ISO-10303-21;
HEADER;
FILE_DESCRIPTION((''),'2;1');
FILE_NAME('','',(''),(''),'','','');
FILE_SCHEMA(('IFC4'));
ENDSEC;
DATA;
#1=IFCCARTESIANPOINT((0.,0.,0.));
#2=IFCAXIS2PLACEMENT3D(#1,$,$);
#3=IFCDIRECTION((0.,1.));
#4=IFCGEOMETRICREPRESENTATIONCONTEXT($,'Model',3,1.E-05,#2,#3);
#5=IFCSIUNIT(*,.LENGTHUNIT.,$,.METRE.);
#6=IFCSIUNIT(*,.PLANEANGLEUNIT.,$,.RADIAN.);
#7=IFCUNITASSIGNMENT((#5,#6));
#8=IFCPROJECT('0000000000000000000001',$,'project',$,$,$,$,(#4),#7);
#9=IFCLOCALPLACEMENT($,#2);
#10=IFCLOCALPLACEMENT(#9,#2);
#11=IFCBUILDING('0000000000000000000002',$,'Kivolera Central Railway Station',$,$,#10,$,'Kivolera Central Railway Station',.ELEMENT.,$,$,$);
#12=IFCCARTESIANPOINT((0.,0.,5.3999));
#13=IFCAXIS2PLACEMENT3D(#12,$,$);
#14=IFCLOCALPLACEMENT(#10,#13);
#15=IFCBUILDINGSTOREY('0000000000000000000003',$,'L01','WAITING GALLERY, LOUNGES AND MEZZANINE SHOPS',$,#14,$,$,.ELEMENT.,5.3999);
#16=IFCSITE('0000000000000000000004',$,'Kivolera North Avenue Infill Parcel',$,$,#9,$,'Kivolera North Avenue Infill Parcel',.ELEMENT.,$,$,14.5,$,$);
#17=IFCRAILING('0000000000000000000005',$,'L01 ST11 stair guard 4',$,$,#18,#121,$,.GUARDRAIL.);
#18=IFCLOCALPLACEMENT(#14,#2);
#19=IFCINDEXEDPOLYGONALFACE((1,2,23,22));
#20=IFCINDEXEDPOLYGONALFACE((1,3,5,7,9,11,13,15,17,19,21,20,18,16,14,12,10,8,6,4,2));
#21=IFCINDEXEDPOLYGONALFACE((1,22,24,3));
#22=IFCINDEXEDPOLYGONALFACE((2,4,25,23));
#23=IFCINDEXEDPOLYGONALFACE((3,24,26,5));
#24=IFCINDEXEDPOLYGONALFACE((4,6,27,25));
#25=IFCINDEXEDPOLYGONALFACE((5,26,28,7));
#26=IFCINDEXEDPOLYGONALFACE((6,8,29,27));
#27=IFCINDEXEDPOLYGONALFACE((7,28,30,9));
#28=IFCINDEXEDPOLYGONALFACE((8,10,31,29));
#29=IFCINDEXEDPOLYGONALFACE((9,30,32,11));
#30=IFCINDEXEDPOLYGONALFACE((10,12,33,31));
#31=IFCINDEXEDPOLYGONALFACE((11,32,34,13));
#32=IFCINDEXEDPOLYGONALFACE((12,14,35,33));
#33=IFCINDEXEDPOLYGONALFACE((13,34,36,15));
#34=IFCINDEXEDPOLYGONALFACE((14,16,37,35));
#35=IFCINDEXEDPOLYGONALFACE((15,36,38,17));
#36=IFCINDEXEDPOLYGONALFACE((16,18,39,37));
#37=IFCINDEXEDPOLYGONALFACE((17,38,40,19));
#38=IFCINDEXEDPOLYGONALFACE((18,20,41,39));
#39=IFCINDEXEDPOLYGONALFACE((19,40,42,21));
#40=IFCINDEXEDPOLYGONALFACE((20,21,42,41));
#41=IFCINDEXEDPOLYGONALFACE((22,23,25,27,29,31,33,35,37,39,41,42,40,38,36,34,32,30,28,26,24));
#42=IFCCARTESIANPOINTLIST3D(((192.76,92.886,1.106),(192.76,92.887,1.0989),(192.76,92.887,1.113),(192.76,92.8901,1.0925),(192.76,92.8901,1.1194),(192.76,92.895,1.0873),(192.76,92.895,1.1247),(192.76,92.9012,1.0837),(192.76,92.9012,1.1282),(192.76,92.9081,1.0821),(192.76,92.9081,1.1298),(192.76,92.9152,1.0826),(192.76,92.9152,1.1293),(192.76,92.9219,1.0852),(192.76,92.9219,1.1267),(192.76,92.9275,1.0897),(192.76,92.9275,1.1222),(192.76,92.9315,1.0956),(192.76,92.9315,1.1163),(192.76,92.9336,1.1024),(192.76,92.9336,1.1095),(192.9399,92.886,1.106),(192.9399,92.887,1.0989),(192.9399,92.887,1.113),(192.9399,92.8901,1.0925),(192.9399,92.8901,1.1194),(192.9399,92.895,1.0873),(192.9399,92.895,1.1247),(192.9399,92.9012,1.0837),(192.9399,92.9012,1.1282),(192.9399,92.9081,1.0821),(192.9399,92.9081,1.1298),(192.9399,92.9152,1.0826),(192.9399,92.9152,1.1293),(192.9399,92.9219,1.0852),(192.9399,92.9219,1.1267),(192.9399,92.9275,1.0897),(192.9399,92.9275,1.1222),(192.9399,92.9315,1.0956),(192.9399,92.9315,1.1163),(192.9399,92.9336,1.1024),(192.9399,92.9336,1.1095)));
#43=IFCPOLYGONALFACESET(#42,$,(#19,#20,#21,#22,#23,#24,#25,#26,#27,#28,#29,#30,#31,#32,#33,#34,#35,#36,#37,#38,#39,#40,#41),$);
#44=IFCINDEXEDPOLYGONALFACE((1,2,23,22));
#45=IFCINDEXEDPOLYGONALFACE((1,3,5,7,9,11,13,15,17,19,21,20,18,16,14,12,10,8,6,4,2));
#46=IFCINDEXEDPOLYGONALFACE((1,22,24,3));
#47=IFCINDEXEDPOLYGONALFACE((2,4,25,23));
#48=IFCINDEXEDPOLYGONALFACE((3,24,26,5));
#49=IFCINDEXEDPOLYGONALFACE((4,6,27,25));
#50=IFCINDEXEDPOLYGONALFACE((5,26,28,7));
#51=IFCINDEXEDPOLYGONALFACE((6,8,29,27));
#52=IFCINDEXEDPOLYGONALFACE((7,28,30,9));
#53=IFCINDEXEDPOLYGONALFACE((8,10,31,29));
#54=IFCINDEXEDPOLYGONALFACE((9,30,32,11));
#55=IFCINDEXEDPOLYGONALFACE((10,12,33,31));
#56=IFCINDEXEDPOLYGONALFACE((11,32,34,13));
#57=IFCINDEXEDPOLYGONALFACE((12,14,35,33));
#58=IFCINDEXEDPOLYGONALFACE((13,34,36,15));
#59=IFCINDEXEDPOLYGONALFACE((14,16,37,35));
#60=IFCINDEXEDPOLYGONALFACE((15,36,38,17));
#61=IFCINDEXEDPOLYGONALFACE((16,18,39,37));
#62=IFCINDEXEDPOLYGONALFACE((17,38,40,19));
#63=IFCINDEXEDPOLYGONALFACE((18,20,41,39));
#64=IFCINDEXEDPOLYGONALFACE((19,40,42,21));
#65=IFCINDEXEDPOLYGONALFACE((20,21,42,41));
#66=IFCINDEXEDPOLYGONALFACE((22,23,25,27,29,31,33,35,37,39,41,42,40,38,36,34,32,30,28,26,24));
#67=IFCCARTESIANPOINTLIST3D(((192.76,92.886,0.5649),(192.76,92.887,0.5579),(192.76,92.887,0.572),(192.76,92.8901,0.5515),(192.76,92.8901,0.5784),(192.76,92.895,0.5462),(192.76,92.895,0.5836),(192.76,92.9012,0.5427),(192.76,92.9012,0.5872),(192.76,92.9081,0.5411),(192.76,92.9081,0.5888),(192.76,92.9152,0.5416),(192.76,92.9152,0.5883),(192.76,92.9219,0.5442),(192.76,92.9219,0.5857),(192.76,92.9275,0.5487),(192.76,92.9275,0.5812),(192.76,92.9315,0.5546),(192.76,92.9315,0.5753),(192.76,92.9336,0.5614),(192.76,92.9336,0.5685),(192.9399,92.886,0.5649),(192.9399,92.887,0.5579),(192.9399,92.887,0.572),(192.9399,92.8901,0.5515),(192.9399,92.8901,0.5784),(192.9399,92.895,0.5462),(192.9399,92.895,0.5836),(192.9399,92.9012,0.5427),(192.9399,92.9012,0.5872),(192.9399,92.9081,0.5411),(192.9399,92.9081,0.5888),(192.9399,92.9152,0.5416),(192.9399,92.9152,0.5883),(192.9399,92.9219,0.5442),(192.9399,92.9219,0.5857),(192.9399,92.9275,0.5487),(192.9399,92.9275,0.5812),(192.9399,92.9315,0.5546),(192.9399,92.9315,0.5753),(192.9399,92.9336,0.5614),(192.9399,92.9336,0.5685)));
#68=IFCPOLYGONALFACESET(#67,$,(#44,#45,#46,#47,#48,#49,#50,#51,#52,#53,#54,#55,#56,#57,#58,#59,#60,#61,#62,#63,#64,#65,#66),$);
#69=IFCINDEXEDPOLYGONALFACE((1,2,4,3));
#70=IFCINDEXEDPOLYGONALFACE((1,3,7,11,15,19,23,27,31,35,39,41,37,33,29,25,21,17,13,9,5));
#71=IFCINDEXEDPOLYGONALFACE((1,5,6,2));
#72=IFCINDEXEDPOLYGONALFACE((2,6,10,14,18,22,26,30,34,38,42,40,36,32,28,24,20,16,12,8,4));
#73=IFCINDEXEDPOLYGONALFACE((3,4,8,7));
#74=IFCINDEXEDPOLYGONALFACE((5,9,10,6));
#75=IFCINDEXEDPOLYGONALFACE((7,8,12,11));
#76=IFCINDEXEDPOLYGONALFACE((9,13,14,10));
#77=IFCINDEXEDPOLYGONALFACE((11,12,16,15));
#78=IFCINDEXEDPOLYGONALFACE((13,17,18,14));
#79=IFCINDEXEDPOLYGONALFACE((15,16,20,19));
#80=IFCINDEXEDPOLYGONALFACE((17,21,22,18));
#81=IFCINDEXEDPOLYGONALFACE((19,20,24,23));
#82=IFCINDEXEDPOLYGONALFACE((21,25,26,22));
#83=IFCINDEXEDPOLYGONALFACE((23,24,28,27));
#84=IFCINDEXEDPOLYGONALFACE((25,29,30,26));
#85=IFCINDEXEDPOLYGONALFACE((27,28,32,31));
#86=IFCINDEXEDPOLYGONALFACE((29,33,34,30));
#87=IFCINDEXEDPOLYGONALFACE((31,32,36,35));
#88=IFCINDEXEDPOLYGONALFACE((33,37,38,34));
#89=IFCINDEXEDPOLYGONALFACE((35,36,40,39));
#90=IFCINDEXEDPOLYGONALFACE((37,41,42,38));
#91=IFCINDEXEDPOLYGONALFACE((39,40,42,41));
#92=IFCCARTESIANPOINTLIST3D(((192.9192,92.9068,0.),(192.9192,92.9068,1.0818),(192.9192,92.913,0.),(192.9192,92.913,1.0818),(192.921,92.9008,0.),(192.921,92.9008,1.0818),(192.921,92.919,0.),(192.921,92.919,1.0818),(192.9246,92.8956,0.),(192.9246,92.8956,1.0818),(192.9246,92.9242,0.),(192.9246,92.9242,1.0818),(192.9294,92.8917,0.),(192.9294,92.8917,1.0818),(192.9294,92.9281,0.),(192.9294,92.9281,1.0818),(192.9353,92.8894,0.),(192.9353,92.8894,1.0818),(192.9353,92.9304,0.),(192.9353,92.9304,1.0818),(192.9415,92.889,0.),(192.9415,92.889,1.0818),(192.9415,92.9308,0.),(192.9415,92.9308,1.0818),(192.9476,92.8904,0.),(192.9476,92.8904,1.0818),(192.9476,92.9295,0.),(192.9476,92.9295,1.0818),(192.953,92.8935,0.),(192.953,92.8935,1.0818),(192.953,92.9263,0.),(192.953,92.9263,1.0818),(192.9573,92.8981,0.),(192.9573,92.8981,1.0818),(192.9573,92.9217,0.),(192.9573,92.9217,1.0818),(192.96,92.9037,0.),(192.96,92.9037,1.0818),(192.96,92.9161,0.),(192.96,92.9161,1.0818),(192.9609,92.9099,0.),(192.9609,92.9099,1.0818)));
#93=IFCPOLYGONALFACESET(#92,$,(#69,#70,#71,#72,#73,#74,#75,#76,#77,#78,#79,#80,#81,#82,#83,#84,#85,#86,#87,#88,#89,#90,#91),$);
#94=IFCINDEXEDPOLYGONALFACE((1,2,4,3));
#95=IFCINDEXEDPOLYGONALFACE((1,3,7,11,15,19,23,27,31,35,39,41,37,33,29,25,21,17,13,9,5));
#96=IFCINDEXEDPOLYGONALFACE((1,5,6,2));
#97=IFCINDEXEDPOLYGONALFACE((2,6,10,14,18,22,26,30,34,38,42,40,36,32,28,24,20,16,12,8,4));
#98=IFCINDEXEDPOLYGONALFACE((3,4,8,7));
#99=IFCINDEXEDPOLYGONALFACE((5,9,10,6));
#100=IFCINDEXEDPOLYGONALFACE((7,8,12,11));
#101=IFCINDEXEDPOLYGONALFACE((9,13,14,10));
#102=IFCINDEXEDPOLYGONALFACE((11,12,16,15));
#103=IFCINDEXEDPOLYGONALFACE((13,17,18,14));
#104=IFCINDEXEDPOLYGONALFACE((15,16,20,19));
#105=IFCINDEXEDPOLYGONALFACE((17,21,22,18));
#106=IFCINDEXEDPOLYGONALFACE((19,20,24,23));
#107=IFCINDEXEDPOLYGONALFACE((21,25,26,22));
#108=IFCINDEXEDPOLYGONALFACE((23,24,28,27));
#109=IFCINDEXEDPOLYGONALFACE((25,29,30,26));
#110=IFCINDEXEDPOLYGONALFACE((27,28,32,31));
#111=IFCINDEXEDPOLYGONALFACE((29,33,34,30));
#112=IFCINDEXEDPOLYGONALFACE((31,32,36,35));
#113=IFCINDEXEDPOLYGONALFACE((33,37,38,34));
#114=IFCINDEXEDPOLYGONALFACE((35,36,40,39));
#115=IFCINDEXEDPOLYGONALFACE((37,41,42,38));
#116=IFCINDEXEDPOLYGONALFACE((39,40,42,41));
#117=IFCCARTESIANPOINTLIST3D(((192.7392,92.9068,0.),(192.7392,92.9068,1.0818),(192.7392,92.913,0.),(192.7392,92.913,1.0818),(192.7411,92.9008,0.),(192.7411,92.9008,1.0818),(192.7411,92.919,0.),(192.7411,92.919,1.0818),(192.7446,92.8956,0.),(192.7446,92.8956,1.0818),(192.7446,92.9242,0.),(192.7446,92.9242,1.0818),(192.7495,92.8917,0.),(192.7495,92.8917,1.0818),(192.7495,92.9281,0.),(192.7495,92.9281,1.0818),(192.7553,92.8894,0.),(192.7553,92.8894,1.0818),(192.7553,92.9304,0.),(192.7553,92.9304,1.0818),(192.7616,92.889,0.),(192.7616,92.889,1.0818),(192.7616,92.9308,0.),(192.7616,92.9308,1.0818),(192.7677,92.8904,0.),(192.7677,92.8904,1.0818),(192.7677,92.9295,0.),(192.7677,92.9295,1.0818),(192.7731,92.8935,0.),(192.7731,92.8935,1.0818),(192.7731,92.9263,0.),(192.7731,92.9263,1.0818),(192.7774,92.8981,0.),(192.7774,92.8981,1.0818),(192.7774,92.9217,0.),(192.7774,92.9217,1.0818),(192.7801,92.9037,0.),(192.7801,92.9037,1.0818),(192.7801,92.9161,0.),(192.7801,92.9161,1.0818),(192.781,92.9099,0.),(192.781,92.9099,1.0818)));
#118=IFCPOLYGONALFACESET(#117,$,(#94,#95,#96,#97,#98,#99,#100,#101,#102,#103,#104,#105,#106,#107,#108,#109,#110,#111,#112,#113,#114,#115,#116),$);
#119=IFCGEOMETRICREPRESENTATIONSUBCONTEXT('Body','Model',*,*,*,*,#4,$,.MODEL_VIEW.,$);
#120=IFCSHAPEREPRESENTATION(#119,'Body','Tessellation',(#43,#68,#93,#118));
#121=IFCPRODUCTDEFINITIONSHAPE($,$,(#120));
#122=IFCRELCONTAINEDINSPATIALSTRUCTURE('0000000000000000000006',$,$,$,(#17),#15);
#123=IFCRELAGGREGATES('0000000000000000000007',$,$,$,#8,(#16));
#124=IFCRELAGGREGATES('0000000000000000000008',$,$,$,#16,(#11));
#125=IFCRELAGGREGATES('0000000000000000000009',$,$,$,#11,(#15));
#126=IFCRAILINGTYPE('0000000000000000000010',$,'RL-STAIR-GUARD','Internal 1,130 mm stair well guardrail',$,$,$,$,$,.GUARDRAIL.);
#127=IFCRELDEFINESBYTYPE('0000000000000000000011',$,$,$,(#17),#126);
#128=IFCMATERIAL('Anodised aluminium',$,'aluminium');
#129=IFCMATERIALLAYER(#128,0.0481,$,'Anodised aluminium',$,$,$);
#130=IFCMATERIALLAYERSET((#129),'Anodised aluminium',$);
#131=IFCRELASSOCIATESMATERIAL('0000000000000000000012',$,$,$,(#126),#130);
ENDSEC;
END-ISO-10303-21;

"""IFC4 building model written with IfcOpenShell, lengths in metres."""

from ifc_helpers import new_model, si_unit, direction, frame, origin, origin_2d, place, context, subcontext, project, spatial, circle, extrude, material, layer, layer_set, type_object, element, save


model = new_model("IFC4")

# Units and contexts
model_context = context("Model", 3, precision=1e-05, world=origin(), true_north=direction((0.0, 1.0)))
body_context = subcontext(model_context, "Body", "Model", "MODEL_VIEW")
ifc_project = project(units=[si_unit("LENGTHUNIT", "METRE"), si_unit("PLANEANGLEUNIT", "RADIAN")], contexts=[model_context])

# Site, building, storey
site_placement = place(None, origin())
site = spatial("IfcSite", under=ifc_project, at=site_placement, Name="Kivolera North Avenue Infill Parcel", LongName="Kivolera North Avenue Infill Parcel", CompositionType="ELEMENT", RefElevation=14.5)
building_placement = place(site_placement, origin())
building = spatial("IfcBuilding", under=site, at=building_placement, Name="Kivolera Central Railway Station", LongName="Kivolera Central Railway Station", CompositionType="ELEMENT")
storey_placement = place(building_placement, frame((0.0, 0.0, 5.3999)))
storey = spatial("IfcBuildingStorey", under=building, at=storey_placement, Name="L01", Description="WAITING GALLERY, LOUNGES AND MEZZANINE SHOPS", CompositionType="ELEMENT", Elevation=5.3999)

# Shared definitions
ifc_material_1 = material(Name="Anodised aluminium", Category="aluminium")

# Railing
ifc_layer_1 = layer(ifc_material_1, 0.0481, Name="Anodised aluminium")
ifc_layer_set_1 = layer_set([ifc_layer_1], Name="Anodised aluminium")
railing_type_1 = type_object("IfcRailingType", Name="RL-STAIR-GUARD", Description="Internal 1,130 mm stair well guardrail", PredefinedType="GUARDRAIL", material=ifc_layer_set_1)
railing_1_placement = place(storey_placement, frame((192.9399, 92.9099, 0.0)))
element("IfcRailing", 1, at=railing_1_placement, inside=storey, type_object=railing_type_1, Name="L01 ST11 stair guard 4", PredefinedType="GUARDRAIL", context=body_context, shape_type="SweptSolid", body=[
    extrude(circle(Radius=0.0239, at=origin_2d()), frame((0.0, 0.0, 1.106), z_axis=(-1.0, 0.0, 0.0), x_axis=(0.0, -1.0, 0.0)), (0.0, 0.0, 1.0), 0.1799),
    extrude(circle(Radius=0.0239, at=origin_2d()), frame((0.0, 0.0, 0.5649), z_axis=(-1.0, 0.0, 0.0), x_axis=(0.0, -1.0, 0.0)), (0.0, 0.0, 1.0), 0.1799),
    extrude(circle(Radius=0.021, at=origin_2d()), origin(), (0.0, 0.0, 1.0), 1.0818),
    extrude(circle(Radius=0.021, at=origin_2d()), frame((-0.1799, 0.0, 0.0)), (0.0, 0.0, 1.0), 1.0818),
])

save(model, "model.ifc")
